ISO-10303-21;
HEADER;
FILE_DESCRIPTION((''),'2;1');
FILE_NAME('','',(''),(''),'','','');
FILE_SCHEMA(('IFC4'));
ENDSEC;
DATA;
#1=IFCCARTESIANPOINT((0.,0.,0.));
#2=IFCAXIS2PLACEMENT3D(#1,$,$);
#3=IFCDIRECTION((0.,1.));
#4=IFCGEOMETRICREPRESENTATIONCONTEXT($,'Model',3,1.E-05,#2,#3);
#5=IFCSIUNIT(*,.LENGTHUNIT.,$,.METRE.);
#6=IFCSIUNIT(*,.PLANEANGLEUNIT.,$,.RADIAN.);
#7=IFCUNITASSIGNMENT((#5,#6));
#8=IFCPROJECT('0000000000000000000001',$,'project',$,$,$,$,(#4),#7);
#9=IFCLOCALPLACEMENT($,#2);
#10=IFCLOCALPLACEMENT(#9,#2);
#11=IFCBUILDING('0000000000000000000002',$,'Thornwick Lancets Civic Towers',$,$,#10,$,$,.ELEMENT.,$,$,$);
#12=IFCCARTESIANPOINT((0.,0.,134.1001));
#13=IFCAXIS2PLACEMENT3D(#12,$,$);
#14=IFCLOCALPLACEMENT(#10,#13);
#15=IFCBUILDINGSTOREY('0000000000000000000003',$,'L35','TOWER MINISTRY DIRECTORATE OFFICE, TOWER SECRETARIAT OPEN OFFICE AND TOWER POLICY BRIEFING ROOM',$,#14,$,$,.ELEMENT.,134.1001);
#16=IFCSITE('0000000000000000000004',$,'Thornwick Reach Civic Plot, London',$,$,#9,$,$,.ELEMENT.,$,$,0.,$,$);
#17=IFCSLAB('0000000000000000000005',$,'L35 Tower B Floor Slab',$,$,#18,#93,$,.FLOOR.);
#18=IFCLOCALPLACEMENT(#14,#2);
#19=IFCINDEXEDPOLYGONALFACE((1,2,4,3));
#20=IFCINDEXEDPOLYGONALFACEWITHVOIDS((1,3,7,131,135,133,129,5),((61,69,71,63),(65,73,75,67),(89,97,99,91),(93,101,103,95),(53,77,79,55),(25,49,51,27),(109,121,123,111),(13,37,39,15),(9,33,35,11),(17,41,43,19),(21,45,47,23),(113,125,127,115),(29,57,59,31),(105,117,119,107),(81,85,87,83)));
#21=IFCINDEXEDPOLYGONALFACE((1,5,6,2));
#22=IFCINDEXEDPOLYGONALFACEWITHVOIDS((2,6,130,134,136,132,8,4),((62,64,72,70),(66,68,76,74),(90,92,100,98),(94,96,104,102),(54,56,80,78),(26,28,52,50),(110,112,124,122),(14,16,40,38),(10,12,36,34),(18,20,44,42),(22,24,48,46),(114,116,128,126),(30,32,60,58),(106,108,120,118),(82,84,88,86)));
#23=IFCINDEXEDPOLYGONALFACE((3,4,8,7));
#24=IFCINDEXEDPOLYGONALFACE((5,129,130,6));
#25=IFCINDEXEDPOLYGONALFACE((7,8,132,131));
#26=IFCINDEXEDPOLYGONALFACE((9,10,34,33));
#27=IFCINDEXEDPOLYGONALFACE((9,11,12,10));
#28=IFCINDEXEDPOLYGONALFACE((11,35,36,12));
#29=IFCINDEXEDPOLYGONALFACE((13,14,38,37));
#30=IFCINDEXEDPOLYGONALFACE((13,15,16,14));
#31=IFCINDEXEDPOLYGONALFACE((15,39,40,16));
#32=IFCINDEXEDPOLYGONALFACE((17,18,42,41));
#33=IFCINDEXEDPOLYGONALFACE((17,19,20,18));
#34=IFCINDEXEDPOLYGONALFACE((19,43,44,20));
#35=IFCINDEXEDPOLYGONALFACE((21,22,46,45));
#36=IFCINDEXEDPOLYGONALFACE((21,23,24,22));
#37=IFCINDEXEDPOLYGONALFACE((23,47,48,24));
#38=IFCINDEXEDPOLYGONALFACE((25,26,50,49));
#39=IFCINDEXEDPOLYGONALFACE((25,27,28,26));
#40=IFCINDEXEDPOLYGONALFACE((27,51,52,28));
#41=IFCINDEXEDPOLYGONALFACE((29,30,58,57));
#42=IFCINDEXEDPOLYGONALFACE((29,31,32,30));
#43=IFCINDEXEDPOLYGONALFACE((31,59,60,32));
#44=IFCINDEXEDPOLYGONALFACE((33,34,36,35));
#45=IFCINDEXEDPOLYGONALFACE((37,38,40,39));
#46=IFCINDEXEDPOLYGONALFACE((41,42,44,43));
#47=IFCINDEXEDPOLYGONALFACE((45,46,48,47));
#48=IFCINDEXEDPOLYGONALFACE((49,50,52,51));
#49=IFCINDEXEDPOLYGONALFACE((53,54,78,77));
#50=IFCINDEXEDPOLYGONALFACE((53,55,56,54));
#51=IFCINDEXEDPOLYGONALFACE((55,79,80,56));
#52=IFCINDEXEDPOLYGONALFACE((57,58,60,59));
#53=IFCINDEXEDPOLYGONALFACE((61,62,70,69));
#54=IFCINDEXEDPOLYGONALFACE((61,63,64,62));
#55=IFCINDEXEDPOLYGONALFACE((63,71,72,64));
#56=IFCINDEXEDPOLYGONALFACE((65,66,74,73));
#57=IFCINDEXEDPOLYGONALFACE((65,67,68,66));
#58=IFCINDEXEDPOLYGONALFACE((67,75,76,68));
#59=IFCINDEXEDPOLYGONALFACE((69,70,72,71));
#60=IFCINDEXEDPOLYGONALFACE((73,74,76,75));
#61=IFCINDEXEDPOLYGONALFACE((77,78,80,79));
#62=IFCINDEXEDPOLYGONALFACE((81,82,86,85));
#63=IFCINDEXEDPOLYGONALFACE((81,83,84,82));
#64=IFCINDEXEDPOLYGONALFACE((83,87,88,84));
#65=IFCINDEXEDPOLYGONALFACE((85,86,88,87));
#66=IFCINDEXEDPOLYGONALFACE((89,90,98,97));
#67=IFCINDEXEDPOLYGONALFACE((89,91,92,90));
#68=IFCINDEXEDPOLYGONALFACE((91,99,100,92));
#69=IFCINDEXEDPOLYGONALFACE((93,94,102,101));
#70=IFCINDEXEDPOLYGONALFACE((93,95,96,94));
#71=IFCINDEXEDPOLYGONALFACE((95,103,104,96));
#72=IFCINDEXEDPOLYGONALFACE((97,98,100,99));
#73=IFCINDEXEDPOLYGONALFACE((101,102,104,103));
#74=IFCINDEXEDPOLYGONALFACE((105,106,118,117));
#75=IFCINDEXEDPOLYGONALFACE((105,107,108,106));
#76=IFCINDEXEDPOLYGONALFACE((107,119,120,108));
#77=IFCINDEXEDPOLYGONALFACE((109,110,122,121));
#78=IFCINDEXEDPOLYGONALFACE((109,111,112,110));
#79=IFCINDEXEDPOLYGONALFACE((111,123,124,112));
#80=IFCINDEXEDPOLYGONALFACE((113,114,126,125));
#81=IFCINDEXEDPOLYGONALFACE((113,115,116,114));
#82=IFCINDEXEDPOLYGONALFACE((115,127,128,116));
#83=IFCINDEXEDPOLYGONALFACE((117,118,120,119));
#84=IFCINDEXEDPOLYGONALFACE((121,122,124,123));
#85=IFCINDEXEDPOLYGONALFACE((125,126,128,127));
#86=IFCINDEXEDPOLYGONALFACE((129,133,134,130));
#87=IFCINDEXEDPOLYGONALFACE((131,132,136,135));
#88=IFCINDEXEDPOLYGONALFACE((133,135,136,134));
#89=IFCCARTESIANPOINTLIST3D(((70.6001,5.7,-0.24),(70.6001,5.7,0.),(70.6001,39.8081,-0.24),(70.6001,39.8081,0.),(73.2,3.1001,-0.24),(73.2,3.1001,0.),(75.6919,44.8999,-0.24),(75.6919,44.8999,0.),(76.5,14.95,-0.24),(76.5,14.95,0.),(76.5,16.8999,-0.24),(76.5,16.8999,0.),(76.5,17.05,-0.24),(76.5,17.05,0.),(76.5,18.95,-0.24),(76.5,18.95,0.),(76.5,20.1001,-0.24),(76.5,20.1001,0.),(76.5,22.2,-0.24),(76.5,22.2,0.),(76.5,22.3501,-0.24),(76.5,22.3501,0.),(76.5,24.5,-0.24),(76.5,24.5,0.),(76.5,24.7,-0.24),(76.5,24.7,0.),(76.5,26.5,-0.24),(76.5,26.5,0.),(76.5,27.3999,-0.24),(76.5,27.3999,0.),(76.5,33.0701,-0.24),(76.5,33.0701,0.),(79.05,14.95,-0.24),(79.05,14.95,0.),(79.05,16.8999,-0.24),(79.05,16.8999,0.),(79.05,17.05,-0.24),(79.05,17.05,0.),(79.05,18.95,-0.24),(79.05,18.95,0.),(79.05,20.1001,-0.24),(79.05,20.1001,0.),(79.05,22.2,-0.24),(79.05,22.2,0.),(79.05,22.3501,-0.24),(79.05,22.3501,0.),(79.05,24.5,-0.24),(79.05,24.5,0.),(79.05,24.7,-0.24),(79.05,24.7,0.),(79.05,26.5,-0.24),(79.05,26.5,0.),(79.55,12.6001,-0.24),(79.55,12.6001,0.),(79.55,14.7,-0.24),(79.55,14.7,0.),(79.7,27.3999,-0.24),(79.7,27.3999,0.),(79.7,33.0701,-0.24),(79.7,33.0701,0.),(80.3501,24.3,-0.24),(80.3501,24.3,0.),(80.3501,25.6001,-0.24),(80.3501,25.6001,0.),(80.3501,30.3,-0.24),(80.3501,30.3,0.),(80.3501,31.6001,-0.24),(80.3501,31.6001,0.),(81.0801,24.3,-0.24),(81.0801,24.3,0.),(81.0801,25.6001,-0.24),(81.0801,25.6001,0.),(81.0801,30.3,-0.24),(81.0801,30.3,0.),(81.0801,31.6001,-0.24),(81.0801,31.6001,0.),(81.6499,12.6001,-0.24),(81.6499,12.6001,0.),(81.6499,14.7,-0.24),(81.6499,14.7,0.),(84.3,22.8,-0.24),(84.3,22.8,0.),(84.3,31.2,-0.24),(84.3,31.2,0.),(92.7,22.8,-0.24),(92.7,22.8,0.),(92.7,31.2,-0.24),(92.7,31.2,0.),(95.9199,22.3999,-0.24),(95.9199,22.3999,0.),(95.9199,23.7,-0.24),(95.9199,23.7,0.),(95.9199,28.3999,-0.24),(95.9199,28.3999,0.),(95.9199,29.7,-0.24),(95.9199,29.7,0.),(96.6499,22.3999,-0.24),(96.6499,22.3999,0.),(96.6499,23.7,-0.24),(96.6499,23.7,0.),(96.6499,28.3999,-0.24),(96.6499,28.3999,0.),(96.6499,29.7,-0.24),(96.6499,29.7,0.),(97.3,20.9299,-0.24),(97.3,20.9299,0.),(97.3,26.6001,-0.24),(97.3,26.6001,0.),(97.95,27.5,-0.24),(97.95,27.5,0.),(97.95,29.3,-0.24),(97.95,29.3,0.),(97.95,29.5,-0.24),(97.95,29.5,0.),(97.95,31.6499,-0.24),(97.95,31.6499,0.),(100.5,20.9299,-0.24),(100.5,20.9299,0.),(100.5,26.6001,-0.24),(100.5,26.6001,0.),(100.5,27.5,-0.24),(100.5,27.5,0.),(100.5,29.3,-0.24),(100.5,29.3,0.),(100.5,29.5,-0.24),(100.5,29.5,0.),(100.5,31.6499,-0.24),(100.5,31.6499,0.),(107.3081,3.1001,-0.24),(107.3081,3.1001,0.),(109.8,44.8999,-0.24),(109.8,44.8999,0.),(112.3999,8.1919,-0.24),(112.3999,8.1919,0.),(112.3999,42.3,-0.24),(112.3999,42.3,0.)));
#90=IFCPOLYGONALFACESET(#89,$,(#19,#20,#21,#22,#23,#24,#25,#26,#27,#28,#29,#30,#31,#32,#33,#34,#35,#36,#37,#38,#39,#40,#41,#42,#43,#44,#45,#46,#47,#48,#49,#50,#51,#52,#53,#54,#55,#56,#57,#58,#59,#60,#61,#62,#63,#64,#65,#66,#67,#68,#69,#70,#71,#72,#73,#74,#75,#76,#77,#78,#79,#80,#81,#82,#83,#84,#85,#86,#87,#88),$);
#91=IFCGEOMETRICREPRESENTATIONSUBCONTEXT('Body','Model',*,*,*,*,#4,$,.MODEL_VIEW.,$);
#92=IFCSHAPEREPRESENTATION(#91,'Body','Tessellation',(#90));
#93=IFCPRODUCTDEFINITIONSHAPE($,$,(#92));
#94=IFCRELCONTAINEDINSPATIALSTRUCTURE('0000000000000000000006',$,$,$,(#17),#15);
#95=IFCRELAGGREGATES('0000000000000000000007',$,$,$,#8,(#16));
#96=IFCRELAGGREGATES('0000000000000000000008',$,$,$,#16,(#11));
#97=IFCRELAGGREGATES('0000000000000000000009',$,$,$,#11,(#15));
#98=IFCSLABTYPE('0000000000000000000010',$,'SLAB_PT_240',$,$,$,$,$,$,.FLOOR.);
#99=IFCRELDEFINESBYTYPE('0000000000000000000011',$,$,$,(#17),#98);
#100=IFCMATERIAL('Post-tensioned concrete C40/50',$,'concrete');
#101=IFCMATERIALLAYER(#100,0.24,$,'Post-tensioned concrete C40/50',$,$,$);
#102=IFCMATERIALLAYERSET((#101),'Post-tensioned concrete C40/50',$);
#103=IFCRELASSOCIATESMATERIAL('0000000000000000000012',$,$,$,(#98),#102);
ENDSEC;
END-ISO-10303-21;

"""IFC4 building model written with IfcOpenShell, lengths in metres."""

from ifc_helpers import new_model, si_unit, direction, frame, origin, place, context, subcontext, project, spatial, polyline, outline, extrude, material, layer, layer_set, type_object, element, save


model = new_model("IFC4")

# Units and contexts
model_context = context("Model", 3, precision=1e-05, world=origin(), true_north=direction((0.0, 1.0)))
body_context = subcontext(model_context, "Body", "Model", "MODEL_VIEW")
ifc_project = project(units=[si_unit("LENGTHUNIT", "METRE"), si_unit("PLANEANGLEUNIT", "RADIAN")], contexts=[model_context])

# Site, building, storey
site_placement = place(None, origin())
site = spatial("IfcSite", under=ifc_project, at=site_placement, Name="Thornwick Reach Civic Plot, London", CompositionType="ELEMENT", RefElevation=0.0)
building_placement = place(site_placement, origin())
building = spatial("IfcBuilding", under=site, at=building_placement, Name="Thornwick Lancets Civic Towers", CompositionType="ELEMENT")
storey_placement = place(building_placement, frame((0.0, 0.0, 134.1001)))
storey = spatial("IfcBuildingStorey", under=building, at=storey_placement, Name="L35", Description="TOWER MINISTRY DIRECTORATE OFFICE, TOWER SECRETARIAT OPEN OFFICE AND TOWER POLICY BRIEFING ROOM", CompositionType="ELEMENT", Elevation=134.1001)

# Shared definitions
ifc_material_1 = material(Name="Post-tensioned concrete C40/50", Category="concrete")

# Slab
ifc_layer_1 = layer(ifc_material_1, 0.24, Name="Post-tensioned concrete C40/50")
ifc_layer_set_1 = layer_set([ifc_layer_1], Name="Post-tensioned concrete C40/50")
slab_type_1 = type_object("IfcSlabType", Name="SLAB_PT_240", PredefinedType="FLOOR", material=ifc_layer_set_1)
slab_1_placement = place(storey_placement, frame((0.0, 0.0, -0.24)))
element("IfcSlab", 1, at=slab_1_placement, inside=storey, type_object=slab_type_1, Name="L35 Tower B Floor Slab", PredefinedType="FLOOR", context=body_context, shape_type="SweptSolid", body=[
    extrude(outline(polyline([(73.2, 3.1001), (107.3081, 3.1001), (112.3999, 8.1919), (112.3999, 42.3), (109.8, 44.8999), (75.6919, 44.8999), (70.6001, 39.8081), (70.6001, 5.7), (73.2, 3.1001)]), holes=[polyline([(84.3, 22.8), (92.7, 22.8), (92.7, 31.2), (84.3, 31.2), (84.3, 22.8)]), polyline([(100.5, 20.9299), (100.5, 26.6001), (97.3, 26.6001), (97.3, 20.9299), (100.5, 20.9299)]), polyline([(76.5, 33.0701), (76.5, 27.3999), (79.7, 27.3999), (79.7, 33.0701), (76.5, 33.0701)]), polyline([(97.95, 27.5), (100.5, 27.5), (100.5, 29.3), (97.95, 29.3), (97.95, 27.5)]), polyline([(97.95, 29.5), (100.5, 29.5), (100.5, 31.6499), (97.95, 31.6499), (97.95, 29.5)]), polyline([(76.5, 24.7), (79.05, 24.7), (79.05, 26.5), (76.5, 26.5), (76.5, 24.7)]), polyline([(76.5, 22.3501), (79.05, 22.3501), (79.05, 24.5), (76.5, 24.5), (76.5, 22.3501)]), polyline([(76.5, 20.1001), (79.05, 20.1001), (79.05, 22.2), (76.5, 22.2), (76.5, 20.1001)]), polyline([(76.5, 17.05), (79.05, 17.05), (79.05, 18.95), (76.5, 18.95), (76.5, 17.05)]), polyline([(76.5, 14.95), (79.05, 14.95), (79.05, 16.8999), (76.5, 16.8999), (76.5, 14.95)]), polyline([(79.55, 12.6001), (81.6499, 12.6001), (81.6499, 14.7), (79.55, 14.7), (79.55, 12.6001)]), polyline([(95.9199, 28.3999), (96.6499, 28.3999), (96.6499, 29.7), (95.9199, 29.7), (95.9199, 28.3999)]), polyline([(95.9199, 22.3999), (96.6499, 22.3999), (96.6499, 23.7), (95.9199, 23.7), (95.9199, 22.3999)]), polyline([(80.3501, 24.3), (81.0801, 24.3), (81.0801, 25.6001), (80.3501, 25.6001), (80.3501, 24.3)]), polyline([(80.3501, 30.3), (81.0801, 30.3), (81.0801, 31.6001), (80.3501, 31.6001), (80.3501, 30.3)])]), origin(), (0.0, 0.0, 1.0), 0.24),
])

save(model, "model.ifc")
